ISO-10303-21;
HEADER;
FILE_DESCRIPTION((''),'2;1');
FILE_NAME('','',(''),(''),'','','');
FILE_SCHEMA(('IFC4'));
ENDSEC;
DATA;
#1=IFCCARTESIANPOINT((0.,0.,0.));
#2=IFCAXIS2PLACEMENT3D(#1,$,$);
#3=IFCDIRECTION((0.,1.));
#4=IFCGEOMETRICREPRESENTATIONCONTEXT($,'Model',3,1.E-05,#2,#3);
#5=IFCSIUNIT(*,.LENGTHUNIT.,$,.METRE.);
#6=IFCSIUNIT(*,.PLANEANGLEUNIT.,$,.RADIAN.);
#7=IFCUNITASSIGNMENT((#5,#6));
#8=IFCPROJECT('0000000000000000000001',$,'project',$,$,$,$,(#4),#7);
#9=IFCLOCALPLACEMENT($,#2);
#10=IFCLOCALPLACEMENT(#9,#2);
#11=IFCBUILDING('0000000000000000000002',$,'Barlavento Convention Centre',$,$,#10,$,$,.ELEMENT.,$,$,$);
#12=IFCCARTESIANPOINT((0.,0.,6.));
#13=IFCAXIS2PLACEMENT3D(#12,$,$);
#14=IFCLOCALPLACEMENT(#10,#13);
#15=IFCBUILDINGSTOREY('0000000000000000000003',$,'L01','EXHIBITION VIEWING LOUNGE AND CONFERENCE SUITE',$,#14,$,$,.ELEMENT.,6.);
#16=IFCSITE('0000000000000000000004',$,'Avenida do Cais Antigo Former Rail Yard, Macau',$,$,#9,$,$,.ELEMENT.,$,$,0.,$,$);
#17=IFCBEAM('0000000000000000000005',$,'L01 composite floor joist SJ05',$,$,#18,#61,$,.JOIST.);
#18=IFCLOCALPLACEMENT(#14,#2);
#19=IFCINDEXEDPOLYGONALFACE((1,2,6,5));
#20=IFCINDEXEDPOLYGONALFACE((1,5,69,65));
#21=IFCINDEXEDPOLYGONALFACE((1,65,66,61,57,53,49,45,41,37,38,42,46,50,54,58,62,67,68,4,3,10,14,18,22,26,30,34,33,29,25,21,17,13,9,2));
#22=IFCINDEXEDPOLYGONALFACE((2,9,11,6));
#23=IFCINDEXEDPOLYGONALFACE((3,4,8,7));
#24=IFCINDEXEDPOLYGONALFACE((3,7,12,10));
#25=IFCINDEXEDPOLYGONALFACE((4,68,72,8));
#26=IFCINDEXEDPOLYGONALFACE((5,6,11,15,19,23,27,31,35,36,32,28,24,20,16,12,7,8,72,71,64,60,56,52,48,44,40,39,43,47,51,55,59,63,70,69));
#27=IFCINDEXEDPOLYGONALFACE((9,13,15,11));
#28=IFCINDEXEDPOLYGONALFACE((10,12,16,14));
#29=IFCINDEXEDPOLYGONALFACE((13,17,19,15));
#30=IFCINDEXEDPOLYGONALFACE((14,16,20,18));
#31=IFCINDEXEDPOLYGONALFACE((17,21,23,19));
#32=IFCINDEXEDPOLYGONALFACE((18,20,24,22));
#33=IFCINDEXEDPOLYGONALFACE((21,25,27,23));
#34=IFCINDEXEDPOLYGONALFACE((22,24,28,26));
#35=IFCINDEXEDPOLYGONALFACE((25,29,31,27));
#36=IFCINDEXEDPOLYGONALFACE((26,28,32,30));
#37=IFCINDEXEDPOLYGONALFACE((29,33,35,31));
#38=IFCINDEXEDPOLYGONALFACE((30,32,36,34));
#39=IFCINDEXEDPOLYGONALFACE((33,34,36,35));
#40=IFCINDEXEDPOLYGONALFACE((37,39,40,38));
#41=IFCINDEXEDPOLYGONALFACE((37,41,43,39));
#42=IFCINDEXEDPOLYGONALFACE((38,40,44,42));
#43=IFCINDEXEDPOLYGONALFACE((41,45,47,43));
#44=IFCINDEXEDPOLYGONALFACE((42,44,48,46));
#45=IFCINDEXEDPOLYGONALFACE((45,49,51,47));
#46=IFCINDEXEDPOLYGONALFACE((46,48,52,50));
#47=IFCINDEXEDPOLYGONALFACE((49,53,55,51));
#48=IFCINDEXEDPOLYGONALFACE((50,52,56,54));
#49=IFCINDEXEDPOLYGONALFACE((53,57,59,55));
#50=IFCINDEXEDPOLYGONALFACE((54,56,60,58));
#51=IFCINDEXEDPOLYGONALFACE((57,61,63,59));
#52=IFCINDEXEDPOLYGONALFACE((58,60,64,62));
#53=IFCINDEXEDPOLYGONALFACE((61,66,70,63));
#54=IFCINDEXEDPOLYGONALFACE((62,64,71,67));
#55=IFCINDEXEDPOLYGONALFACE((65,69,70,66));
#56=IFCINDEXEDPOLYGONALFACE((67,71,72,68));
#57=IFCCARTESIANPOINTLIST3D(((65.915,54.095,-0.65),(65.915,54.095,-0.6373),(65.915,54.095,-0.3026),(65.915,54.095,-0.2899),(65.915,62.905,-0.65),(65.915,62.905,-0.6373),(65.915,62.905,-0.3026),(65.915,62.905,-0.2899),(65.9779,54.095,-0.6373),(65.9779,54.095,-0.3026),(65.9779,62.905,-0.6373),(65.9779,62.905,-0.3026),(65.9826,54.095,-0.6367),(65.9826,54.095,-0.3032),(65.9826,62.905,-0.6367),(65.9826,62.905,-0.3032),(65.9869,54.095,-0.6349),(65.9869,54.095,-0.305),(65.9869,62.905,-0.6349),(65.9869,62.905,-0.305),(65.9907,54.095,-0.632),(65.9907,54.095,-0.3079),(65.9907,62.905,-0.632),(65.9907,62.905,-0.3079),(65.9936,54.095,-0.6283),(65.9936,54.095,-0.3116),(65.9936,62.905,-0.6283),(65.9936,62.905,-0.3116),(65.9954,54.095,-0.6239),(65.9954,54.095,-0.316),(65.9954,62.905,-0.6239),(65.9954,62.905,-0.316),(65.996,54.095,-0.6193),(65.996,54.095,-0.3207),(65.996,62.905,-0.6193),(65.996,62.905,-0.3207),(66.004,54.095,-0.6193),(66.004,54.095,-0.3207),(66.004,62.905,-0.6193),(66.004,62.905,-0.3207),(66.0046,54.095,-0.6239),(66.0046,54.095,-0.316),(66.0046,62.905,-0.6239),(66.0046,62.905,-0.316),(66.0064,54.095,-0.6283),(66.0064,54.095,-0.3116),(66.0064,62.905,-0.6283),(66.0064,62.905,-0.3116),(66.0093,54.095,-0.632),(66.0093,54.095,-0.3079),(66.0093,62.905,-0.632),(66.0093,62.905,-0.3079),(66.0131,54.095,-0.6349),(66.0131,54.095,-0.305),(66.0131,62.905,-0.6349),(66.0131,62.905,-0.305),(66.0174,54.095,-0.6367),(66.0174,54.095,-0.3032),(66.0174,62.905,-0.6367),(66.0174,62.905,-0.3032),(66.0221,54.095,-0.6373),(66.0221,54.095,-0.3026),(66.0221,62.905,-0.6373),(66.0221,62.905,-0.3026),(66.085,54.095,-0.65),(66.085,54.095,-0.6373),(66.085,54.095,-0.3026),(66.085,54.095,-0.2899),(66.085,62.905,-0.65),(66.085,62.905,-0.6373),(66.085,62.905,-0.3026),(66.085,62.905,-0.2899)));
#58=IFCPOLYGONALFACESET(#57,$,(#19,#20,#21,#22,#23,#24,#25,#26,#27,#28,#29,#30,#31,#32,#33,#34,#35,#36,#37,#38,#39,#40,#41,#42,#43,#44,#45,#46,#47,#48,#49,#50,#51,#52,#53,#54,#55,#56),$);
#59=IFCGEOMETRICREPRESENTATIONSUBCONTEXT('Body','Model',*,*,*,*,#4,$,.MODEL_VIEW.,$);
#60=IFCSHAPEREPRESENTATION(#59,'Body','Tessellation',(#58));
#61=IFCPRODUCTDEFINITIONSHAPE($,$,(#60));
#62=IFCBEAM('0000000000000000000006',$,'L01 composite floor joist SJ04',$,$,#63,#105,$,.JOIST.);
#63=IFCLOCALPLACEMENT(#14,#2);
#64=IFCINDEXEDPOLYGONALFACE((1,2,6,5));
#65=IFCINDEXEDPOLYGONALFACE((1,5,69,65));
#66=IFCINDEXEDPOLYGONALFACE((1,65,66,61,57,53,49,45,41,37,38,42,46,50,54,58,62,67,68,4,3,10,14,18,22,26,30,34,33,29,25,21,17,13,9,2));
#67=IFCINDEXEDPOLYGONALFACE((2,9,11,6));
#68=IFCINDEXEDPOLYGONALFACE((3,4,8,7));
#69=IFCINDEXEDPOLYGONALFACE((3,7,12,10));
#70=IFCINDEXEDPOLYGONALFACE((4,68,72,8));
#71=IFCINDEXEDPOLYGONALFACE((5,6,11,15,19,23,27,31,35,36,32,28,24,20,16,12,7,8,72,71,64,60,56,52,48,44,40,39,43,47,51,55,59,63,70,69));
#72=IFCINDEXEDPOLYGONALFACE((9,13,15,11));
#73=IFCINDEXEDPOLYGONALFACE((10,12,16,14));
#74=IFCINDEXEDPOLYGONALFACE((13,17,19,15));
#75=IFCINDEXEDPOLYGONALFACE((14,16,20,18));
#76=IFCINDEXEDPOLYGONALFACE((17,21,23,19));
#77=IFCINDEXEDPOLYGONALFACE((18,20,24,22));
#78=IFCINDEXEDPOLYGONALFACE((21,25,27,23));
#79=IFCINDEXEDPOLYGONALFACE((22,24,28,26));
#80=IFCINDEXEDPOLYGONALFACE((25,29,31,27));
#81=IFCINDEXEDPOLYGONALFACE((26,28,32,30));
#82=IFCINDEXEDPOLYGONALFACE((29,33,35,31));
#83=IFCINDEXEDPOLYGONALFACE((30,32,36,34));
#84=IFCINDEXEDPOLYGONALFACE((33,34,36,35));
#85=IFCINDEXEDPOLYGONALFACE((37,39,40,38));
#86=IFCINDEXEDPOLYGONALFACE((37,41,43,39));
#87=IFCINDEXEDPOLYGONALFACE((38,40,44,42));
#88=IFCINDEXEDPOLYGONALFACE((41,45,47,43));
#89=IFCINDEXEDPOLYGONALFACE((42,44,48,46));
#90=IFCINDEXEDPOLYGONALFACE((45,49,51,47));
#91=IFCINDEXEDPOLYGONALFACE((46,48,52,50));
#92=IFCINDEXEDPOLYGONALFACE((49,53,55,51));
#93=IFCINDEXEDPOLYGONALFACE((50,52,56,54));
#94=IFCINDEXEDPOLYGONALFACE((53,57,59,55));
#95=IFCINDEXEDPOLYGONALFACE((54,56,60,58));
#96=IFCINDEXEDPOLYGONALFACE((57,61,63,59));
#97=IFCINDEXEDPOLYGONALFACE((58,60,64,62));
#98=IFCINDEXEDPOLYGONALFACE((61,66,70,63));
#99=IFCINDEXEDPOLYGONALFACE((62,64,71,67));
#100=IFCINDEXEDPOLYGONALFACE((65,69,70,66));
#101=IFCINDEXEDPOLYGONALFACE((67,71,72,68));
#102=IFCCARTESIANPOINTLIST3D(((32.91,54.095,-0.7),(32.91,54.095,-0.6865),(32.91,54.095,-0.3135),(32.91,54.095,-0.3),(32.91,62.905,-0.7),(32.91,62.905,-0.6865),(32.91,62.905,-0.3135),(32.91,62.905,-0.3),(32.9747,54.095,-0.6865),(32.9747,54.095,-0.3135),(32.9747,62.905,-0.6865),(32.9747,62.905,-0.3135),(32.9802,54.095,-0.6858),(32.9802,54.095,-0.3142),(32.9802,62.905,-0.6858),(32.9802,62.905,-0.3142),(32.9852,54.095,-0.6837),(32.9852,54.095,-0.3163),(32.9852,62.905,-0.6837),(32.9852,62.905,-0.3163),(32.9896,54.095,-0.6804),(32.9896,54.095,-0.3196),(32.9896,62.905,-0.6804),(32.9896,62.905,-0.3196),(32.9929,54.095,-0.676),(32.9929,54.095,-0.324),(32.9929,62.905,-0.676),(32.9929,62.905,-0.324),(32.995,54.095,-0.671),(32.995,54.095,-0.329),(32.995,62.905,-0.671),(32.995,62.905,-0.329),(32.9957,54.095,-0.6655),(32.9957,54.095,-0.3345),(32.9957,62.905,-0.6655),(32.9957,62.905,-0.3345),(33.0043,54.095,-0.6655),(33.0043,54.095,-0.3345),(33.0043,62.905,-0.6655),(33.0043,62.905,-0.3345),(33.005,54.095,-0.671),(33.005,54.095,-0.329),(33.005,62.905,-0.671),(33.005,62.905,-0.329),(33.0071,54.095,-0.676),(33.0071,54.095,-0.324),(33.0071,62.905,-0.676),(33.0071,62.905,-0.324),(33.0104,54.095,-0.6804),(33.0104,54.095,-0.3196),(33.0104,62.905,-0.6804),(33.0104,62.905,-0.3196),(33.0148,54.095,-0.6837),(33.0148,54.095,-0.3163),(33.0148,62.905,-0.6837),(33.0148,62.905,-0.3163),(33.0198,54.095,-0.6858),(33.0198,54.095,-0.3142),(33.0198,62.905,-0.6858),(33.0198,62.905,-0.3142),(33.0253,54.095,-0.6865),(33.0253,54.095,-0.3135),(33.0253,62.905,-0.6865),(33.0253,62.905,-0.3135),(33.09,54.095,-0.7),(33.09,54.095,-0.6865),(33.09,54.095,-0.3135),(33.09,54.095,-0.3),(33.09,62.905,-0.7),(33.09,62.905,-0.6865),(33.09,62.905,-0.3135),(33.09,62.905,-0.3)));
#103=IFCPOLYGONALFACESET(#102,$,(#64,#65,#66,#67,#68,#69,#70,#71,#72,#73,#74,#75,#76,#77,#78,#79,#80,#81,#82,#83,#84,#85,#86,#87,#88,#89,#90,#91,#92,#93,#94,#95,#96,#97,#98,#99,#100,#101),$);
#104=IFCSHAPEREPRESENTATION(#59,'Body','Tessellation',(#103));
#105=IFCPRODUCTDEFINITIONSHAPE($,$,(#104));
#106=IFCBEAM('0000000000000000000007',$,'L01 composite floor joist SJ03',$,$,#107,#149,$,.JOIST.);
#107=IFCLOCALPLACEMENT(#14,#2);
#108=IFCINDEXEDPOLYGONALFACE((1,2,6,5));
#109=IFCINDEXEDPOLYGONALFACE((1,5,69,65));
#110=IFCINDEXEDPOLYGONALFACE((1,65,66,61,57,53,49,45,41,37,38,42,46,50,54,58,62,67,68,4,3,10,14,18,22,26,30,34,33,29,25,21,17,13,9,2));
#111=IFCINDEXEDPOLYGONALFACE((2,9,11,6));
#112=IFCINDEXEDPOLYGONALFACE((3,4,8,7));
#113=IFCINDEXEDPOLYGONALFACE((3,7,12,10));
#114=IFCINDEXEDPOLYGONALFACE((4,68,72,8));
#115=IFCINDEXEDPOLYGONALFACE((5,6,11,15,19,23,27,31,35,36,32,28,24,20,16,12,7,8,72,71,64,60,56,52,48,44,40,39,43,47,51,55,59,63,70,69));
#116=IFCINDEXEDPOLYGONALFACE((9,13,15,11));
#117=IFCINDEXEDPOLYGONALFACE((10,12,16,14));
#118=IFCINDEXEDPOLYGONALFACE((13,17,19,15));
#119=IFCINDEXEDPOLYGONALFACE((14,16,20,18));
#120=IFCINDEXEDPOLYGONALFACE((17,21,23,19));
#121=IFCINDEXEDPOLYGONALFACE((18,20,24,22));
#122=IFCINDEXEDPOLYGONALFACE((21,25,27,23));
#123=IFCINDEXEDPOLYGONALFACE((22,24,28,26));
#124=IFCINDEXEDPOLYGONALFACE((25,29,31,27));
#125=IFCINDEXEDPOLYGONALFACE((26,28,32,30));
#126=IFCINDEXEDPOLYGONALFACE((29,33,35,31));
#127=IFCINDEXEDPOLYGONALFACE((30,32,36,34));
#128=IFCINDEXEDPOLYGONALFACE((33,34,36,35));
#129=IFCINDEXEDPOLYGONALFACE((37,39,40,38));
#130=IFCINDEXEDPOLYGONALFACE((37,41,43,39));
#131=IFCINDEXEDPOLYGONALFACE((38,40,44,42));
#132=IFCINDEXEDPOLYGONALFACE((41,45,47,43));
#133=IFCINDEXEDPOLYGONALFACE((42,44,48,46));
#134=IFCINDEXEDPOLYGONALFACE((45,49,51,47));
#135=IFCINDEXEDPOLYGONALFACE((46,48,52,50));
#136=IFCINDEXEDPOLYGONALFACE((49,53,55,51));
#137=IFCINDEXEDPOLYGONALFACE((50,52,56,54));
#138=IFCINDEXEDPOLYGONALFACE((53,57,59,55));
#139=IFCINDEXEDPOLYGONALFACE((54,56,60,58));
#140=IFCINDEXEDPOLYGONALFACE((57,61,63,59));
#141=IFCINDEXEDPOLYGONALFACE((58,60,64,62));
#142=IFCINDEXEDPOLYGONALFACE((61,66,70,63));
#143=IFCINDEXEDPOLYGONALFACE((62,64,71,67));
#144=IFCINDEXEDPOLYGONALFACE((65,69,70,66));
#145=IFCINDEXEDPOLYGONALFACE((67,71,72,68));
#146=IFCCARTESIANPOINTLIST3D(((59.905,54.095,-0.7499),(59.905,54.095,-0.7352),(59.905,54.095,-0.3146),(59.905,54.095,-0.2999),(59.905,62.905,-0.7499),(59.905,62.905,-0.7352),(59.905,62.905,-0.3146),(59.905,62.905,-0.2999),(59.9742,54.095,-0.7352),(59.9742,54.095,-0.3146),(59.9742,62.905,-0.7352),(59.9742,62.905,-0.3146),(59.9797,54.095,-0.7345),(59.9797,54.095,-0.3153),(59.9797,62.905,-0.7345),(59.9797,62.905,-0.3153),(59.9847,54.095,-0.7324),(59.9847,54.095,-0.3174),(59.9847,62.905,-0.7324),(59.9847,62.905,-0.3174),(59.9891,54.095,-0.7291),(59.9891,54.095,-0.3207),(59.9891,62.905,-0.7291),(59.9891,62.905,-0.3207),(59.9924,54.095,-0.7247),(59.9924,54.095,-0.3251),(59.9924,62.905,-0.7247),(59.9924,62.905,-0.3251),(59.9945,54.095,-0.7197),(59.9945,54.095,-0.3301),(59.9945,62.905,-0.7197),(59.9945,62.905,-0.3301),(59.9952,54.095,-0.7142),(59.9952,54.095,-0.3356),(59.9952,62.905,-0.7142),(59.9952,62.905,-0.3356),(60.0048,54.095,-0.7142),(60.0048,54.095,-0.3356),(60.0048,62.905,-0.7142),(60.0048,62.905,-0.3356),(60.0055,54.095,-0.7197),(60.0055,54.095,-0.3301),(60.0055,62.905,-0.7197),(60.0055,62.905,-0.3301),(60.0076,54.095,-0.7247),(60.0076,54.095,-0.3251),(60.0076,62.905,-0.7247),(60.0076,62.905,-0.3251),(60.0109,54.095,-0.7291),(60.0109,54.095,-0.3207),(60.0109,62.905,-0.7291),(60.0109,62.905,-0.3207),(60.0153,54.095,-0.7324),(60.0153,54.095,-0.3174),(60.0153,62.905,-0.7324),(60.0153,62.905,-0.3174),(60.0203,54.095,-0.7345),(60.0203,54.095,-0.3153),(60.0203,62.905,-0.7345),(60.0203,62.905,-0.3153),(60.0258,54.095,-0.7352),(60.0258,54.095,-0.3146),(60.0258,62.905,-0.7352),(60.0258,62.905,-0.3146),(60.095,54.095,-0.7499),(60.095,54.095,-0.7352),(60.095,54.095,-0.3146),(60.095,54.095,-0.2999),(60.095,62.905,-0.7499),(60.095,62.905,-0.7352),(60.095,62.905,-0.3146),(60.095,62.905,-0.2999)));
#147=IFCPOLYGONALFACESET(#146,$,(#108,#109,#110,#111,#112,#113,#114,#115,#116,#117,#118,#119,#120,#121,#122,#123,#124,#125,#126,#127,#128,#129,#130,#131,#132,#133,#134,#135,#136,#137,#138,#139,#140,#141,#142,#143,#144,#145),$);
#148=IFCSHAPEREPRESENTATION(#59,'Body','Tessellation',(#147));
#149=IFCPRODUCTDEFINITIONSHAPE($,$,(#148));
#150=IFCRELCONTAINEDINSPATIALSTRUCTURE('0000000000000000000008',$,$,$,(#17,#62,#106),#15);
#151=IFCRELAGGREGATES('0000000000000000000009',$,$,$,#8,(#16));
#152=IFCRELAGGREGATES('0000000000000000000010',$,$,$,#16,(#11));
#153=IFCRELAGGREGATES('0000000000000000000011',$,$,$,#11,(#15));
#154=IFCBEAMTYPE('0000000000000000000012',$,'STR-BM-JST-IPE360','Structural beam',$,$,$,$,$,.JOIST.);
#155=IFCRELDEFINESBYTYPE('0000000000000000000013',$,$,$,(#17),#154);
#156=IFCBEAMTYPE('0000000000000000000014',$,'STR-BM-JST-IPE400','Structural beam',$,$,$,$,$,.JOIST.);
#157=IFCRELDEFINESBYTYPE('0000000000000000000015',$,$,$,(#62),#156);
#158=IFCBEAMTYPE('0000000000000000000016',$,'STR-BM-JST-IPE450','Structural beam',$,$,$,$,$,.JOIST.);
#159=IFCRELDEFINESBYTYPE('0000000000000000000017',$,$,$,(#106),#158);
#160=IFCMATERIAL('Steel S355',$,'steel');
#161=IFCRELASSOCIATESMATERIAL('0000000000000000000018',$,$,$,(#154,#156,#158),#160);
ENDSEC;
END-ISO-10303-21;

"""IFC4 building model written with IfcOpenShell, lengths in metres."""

from ifc_helpers import new_model, si_unit, direction, frame, origin, origin_2d, place, context, subcontext, project, spatial, i_section, extrude, material, material_profile, profile_set, type_object, element, save


model = new_model("IFC4")

# Units and contexts
model_context = context("Model", 3, precision=1e-05, world=origin(), true_north=direction((0.0, 1.0)))
body_context = subcontext(model_context, "Body", "Model", "MODEL_VIEW")
ifc_project = project(units=[si_unit("LENGTHUNIT", "METRE"), si_unit("PLANEANGLEUNIT", "RADIAN")], contexts=[model_context])

# Site, building, storey
site_placement = place(None, origin())
site = spatial("IfcSite", under=ifc_project, at=site_placement, Name="Avenida do Cais Antigo Former Rail Yard, Macau", CompositionType="ELEMENT", RefElevation=0.0)
building_placement = place(site_placement, origin())
building = spatial("IfcBuilding", under=site, at=building_placement, Name="Barlavento Convention Centre", CompositionType="ELEMENT")
storey_placement = place(building_placement, frame((0.0, 0.0, 6.0)))
storey = spatial("IfcBuildingStorey", under=building, at=storey_placement, Name="L01", Description="EXHIBITION VIEWING LOUNGE AND CONFERENCE SUITE", CompositionType="ELEMENT", Elevation=6.0)

# Beams
ifc_material_1 = material(Name="Steel S355", Category="steel")
ifc_material_profile_1 = material_profile(ifc_material_1, i_section(OverallWidth=0.1699, OverallDepth=0.3601, WebThickness=0.0081, FlangeThickness=0.0127, FilletRadius=0.0181, at=origin_2d()), Name="IPE 360")
ifc_profile_set_1 = profile_set([ifc_material_profile_1], Name="Steel S355")
beam_type_1 = type_object("IfcBeamType", Name="STR-BM-JST-IPE360", Description="Structural beam", PredefinedType="JOIST", material=ifc_profile_set_1)
beam_1_placement = place(storey_placement, frame((66.0, 54.095, -0.47), z_axis=(0.0, 1.0, 0.0), x_axis=(-1.0, 0.0, 0.0)))
element("IfcBeam", 1, at=beam_1_placement, inside=storey, type_object=beam_type_1, Name="L01 composite floor joist SJ05", PredefinedType="JOIST", context=body_context, shape_type="SweptSolid", body=[
    extrude(i_section(OverallWidth=0.1699, OverallDepth=0.3601, WebThickness=0.0081, FlangeThickness=0.0127, FilletRadius=0.0181, at=origin_2d()), origin(), (0.0, 0.0, 1.0), 8.8101),
])
ifc_material_profile_2 = material_profile(ifc_material_1, i_section(OverallWidth=0.1799, OverallDepth=0.3999, WebThickness=0.0085, FlangeThickness=0.0134, FilletRadius=0.021, at=origin_2d()), Name="IPE 400")
ifc_profile_set_2 = profile_set([ifc_material_profile_2], Name="Steel S355")
beam_type_2 = type_object("IfcBeamType", Name="STR-BM-JST-IPE400", Description="Structural beam", PredefinedType="JOIST", material=ifc_profile_set_2)
beam_2_placement = place(storey_placement, frame((33.0, 54.095, -0.5), z_axis=(0.0, 1.0, 0.0), x_axis=(-1.0, 0.0, 0.0)))
element("IfcBeam", 2, at=beam_2_placement, inside=storey, type_object=beam_type_2, Name="L01 composite floor joist SJ04", PredefinedType="JOIST", context=body_context, shape_type="SweptSolid", body=[
    extrude(i_section(OverallWidth=0.1799, OverallDepth=0.3999, WebThickness=0.0085, FlangeThickness=0.0134, FilletRadius=0.021, at=origin_2d()), origin(), (0.0, 0.0, 1.0), 8.8101),
])
ifc_material_profile_3 = material_profile(ifc_material_1, i_section(OverallWidth=0.1899, OverallDepth=0.45, WebThickness=0.0095, FlangeThickness=0.0146, FilletRadius=0.021, at=origin_2d()), Name="IPE 450")
ifc_profile_set_3 = profile_set([ifc_material_profile_3], Name="Steel S355")
beam_type_3 = type_object("IfcBeamType", Name="STR-BM-JST-IPE450", Description="Structural beam", PredefinedType="JOIST", material=ifc_profile_set_3)
beam_3_placement = place(storey_placement, frame((60.0, 54.095, -0.5249), z_axis=(0.0, 1.0, 0.0), x_axis=(-1.0, 0.0, 0.0)))
element("IfcBeam", 3, at=beam_3_placement, inside=storey, type_object=beam_type_3, Name="L01 composite floor joist SJ03", PredefinedType="JOIST", context=body_context, shape_type="SweptSolid", body=[
    extrude(i_section(OverallWidth=0.1899, OverallDepth=0.45, WebThickness=0.0095, FlangeThickness=0.0146, FilletRadius=0.021, at=origin_2d()), origin(), (0.0, 0.0, 1.0), 8.8101),
])

save(model, "model.ifc")
